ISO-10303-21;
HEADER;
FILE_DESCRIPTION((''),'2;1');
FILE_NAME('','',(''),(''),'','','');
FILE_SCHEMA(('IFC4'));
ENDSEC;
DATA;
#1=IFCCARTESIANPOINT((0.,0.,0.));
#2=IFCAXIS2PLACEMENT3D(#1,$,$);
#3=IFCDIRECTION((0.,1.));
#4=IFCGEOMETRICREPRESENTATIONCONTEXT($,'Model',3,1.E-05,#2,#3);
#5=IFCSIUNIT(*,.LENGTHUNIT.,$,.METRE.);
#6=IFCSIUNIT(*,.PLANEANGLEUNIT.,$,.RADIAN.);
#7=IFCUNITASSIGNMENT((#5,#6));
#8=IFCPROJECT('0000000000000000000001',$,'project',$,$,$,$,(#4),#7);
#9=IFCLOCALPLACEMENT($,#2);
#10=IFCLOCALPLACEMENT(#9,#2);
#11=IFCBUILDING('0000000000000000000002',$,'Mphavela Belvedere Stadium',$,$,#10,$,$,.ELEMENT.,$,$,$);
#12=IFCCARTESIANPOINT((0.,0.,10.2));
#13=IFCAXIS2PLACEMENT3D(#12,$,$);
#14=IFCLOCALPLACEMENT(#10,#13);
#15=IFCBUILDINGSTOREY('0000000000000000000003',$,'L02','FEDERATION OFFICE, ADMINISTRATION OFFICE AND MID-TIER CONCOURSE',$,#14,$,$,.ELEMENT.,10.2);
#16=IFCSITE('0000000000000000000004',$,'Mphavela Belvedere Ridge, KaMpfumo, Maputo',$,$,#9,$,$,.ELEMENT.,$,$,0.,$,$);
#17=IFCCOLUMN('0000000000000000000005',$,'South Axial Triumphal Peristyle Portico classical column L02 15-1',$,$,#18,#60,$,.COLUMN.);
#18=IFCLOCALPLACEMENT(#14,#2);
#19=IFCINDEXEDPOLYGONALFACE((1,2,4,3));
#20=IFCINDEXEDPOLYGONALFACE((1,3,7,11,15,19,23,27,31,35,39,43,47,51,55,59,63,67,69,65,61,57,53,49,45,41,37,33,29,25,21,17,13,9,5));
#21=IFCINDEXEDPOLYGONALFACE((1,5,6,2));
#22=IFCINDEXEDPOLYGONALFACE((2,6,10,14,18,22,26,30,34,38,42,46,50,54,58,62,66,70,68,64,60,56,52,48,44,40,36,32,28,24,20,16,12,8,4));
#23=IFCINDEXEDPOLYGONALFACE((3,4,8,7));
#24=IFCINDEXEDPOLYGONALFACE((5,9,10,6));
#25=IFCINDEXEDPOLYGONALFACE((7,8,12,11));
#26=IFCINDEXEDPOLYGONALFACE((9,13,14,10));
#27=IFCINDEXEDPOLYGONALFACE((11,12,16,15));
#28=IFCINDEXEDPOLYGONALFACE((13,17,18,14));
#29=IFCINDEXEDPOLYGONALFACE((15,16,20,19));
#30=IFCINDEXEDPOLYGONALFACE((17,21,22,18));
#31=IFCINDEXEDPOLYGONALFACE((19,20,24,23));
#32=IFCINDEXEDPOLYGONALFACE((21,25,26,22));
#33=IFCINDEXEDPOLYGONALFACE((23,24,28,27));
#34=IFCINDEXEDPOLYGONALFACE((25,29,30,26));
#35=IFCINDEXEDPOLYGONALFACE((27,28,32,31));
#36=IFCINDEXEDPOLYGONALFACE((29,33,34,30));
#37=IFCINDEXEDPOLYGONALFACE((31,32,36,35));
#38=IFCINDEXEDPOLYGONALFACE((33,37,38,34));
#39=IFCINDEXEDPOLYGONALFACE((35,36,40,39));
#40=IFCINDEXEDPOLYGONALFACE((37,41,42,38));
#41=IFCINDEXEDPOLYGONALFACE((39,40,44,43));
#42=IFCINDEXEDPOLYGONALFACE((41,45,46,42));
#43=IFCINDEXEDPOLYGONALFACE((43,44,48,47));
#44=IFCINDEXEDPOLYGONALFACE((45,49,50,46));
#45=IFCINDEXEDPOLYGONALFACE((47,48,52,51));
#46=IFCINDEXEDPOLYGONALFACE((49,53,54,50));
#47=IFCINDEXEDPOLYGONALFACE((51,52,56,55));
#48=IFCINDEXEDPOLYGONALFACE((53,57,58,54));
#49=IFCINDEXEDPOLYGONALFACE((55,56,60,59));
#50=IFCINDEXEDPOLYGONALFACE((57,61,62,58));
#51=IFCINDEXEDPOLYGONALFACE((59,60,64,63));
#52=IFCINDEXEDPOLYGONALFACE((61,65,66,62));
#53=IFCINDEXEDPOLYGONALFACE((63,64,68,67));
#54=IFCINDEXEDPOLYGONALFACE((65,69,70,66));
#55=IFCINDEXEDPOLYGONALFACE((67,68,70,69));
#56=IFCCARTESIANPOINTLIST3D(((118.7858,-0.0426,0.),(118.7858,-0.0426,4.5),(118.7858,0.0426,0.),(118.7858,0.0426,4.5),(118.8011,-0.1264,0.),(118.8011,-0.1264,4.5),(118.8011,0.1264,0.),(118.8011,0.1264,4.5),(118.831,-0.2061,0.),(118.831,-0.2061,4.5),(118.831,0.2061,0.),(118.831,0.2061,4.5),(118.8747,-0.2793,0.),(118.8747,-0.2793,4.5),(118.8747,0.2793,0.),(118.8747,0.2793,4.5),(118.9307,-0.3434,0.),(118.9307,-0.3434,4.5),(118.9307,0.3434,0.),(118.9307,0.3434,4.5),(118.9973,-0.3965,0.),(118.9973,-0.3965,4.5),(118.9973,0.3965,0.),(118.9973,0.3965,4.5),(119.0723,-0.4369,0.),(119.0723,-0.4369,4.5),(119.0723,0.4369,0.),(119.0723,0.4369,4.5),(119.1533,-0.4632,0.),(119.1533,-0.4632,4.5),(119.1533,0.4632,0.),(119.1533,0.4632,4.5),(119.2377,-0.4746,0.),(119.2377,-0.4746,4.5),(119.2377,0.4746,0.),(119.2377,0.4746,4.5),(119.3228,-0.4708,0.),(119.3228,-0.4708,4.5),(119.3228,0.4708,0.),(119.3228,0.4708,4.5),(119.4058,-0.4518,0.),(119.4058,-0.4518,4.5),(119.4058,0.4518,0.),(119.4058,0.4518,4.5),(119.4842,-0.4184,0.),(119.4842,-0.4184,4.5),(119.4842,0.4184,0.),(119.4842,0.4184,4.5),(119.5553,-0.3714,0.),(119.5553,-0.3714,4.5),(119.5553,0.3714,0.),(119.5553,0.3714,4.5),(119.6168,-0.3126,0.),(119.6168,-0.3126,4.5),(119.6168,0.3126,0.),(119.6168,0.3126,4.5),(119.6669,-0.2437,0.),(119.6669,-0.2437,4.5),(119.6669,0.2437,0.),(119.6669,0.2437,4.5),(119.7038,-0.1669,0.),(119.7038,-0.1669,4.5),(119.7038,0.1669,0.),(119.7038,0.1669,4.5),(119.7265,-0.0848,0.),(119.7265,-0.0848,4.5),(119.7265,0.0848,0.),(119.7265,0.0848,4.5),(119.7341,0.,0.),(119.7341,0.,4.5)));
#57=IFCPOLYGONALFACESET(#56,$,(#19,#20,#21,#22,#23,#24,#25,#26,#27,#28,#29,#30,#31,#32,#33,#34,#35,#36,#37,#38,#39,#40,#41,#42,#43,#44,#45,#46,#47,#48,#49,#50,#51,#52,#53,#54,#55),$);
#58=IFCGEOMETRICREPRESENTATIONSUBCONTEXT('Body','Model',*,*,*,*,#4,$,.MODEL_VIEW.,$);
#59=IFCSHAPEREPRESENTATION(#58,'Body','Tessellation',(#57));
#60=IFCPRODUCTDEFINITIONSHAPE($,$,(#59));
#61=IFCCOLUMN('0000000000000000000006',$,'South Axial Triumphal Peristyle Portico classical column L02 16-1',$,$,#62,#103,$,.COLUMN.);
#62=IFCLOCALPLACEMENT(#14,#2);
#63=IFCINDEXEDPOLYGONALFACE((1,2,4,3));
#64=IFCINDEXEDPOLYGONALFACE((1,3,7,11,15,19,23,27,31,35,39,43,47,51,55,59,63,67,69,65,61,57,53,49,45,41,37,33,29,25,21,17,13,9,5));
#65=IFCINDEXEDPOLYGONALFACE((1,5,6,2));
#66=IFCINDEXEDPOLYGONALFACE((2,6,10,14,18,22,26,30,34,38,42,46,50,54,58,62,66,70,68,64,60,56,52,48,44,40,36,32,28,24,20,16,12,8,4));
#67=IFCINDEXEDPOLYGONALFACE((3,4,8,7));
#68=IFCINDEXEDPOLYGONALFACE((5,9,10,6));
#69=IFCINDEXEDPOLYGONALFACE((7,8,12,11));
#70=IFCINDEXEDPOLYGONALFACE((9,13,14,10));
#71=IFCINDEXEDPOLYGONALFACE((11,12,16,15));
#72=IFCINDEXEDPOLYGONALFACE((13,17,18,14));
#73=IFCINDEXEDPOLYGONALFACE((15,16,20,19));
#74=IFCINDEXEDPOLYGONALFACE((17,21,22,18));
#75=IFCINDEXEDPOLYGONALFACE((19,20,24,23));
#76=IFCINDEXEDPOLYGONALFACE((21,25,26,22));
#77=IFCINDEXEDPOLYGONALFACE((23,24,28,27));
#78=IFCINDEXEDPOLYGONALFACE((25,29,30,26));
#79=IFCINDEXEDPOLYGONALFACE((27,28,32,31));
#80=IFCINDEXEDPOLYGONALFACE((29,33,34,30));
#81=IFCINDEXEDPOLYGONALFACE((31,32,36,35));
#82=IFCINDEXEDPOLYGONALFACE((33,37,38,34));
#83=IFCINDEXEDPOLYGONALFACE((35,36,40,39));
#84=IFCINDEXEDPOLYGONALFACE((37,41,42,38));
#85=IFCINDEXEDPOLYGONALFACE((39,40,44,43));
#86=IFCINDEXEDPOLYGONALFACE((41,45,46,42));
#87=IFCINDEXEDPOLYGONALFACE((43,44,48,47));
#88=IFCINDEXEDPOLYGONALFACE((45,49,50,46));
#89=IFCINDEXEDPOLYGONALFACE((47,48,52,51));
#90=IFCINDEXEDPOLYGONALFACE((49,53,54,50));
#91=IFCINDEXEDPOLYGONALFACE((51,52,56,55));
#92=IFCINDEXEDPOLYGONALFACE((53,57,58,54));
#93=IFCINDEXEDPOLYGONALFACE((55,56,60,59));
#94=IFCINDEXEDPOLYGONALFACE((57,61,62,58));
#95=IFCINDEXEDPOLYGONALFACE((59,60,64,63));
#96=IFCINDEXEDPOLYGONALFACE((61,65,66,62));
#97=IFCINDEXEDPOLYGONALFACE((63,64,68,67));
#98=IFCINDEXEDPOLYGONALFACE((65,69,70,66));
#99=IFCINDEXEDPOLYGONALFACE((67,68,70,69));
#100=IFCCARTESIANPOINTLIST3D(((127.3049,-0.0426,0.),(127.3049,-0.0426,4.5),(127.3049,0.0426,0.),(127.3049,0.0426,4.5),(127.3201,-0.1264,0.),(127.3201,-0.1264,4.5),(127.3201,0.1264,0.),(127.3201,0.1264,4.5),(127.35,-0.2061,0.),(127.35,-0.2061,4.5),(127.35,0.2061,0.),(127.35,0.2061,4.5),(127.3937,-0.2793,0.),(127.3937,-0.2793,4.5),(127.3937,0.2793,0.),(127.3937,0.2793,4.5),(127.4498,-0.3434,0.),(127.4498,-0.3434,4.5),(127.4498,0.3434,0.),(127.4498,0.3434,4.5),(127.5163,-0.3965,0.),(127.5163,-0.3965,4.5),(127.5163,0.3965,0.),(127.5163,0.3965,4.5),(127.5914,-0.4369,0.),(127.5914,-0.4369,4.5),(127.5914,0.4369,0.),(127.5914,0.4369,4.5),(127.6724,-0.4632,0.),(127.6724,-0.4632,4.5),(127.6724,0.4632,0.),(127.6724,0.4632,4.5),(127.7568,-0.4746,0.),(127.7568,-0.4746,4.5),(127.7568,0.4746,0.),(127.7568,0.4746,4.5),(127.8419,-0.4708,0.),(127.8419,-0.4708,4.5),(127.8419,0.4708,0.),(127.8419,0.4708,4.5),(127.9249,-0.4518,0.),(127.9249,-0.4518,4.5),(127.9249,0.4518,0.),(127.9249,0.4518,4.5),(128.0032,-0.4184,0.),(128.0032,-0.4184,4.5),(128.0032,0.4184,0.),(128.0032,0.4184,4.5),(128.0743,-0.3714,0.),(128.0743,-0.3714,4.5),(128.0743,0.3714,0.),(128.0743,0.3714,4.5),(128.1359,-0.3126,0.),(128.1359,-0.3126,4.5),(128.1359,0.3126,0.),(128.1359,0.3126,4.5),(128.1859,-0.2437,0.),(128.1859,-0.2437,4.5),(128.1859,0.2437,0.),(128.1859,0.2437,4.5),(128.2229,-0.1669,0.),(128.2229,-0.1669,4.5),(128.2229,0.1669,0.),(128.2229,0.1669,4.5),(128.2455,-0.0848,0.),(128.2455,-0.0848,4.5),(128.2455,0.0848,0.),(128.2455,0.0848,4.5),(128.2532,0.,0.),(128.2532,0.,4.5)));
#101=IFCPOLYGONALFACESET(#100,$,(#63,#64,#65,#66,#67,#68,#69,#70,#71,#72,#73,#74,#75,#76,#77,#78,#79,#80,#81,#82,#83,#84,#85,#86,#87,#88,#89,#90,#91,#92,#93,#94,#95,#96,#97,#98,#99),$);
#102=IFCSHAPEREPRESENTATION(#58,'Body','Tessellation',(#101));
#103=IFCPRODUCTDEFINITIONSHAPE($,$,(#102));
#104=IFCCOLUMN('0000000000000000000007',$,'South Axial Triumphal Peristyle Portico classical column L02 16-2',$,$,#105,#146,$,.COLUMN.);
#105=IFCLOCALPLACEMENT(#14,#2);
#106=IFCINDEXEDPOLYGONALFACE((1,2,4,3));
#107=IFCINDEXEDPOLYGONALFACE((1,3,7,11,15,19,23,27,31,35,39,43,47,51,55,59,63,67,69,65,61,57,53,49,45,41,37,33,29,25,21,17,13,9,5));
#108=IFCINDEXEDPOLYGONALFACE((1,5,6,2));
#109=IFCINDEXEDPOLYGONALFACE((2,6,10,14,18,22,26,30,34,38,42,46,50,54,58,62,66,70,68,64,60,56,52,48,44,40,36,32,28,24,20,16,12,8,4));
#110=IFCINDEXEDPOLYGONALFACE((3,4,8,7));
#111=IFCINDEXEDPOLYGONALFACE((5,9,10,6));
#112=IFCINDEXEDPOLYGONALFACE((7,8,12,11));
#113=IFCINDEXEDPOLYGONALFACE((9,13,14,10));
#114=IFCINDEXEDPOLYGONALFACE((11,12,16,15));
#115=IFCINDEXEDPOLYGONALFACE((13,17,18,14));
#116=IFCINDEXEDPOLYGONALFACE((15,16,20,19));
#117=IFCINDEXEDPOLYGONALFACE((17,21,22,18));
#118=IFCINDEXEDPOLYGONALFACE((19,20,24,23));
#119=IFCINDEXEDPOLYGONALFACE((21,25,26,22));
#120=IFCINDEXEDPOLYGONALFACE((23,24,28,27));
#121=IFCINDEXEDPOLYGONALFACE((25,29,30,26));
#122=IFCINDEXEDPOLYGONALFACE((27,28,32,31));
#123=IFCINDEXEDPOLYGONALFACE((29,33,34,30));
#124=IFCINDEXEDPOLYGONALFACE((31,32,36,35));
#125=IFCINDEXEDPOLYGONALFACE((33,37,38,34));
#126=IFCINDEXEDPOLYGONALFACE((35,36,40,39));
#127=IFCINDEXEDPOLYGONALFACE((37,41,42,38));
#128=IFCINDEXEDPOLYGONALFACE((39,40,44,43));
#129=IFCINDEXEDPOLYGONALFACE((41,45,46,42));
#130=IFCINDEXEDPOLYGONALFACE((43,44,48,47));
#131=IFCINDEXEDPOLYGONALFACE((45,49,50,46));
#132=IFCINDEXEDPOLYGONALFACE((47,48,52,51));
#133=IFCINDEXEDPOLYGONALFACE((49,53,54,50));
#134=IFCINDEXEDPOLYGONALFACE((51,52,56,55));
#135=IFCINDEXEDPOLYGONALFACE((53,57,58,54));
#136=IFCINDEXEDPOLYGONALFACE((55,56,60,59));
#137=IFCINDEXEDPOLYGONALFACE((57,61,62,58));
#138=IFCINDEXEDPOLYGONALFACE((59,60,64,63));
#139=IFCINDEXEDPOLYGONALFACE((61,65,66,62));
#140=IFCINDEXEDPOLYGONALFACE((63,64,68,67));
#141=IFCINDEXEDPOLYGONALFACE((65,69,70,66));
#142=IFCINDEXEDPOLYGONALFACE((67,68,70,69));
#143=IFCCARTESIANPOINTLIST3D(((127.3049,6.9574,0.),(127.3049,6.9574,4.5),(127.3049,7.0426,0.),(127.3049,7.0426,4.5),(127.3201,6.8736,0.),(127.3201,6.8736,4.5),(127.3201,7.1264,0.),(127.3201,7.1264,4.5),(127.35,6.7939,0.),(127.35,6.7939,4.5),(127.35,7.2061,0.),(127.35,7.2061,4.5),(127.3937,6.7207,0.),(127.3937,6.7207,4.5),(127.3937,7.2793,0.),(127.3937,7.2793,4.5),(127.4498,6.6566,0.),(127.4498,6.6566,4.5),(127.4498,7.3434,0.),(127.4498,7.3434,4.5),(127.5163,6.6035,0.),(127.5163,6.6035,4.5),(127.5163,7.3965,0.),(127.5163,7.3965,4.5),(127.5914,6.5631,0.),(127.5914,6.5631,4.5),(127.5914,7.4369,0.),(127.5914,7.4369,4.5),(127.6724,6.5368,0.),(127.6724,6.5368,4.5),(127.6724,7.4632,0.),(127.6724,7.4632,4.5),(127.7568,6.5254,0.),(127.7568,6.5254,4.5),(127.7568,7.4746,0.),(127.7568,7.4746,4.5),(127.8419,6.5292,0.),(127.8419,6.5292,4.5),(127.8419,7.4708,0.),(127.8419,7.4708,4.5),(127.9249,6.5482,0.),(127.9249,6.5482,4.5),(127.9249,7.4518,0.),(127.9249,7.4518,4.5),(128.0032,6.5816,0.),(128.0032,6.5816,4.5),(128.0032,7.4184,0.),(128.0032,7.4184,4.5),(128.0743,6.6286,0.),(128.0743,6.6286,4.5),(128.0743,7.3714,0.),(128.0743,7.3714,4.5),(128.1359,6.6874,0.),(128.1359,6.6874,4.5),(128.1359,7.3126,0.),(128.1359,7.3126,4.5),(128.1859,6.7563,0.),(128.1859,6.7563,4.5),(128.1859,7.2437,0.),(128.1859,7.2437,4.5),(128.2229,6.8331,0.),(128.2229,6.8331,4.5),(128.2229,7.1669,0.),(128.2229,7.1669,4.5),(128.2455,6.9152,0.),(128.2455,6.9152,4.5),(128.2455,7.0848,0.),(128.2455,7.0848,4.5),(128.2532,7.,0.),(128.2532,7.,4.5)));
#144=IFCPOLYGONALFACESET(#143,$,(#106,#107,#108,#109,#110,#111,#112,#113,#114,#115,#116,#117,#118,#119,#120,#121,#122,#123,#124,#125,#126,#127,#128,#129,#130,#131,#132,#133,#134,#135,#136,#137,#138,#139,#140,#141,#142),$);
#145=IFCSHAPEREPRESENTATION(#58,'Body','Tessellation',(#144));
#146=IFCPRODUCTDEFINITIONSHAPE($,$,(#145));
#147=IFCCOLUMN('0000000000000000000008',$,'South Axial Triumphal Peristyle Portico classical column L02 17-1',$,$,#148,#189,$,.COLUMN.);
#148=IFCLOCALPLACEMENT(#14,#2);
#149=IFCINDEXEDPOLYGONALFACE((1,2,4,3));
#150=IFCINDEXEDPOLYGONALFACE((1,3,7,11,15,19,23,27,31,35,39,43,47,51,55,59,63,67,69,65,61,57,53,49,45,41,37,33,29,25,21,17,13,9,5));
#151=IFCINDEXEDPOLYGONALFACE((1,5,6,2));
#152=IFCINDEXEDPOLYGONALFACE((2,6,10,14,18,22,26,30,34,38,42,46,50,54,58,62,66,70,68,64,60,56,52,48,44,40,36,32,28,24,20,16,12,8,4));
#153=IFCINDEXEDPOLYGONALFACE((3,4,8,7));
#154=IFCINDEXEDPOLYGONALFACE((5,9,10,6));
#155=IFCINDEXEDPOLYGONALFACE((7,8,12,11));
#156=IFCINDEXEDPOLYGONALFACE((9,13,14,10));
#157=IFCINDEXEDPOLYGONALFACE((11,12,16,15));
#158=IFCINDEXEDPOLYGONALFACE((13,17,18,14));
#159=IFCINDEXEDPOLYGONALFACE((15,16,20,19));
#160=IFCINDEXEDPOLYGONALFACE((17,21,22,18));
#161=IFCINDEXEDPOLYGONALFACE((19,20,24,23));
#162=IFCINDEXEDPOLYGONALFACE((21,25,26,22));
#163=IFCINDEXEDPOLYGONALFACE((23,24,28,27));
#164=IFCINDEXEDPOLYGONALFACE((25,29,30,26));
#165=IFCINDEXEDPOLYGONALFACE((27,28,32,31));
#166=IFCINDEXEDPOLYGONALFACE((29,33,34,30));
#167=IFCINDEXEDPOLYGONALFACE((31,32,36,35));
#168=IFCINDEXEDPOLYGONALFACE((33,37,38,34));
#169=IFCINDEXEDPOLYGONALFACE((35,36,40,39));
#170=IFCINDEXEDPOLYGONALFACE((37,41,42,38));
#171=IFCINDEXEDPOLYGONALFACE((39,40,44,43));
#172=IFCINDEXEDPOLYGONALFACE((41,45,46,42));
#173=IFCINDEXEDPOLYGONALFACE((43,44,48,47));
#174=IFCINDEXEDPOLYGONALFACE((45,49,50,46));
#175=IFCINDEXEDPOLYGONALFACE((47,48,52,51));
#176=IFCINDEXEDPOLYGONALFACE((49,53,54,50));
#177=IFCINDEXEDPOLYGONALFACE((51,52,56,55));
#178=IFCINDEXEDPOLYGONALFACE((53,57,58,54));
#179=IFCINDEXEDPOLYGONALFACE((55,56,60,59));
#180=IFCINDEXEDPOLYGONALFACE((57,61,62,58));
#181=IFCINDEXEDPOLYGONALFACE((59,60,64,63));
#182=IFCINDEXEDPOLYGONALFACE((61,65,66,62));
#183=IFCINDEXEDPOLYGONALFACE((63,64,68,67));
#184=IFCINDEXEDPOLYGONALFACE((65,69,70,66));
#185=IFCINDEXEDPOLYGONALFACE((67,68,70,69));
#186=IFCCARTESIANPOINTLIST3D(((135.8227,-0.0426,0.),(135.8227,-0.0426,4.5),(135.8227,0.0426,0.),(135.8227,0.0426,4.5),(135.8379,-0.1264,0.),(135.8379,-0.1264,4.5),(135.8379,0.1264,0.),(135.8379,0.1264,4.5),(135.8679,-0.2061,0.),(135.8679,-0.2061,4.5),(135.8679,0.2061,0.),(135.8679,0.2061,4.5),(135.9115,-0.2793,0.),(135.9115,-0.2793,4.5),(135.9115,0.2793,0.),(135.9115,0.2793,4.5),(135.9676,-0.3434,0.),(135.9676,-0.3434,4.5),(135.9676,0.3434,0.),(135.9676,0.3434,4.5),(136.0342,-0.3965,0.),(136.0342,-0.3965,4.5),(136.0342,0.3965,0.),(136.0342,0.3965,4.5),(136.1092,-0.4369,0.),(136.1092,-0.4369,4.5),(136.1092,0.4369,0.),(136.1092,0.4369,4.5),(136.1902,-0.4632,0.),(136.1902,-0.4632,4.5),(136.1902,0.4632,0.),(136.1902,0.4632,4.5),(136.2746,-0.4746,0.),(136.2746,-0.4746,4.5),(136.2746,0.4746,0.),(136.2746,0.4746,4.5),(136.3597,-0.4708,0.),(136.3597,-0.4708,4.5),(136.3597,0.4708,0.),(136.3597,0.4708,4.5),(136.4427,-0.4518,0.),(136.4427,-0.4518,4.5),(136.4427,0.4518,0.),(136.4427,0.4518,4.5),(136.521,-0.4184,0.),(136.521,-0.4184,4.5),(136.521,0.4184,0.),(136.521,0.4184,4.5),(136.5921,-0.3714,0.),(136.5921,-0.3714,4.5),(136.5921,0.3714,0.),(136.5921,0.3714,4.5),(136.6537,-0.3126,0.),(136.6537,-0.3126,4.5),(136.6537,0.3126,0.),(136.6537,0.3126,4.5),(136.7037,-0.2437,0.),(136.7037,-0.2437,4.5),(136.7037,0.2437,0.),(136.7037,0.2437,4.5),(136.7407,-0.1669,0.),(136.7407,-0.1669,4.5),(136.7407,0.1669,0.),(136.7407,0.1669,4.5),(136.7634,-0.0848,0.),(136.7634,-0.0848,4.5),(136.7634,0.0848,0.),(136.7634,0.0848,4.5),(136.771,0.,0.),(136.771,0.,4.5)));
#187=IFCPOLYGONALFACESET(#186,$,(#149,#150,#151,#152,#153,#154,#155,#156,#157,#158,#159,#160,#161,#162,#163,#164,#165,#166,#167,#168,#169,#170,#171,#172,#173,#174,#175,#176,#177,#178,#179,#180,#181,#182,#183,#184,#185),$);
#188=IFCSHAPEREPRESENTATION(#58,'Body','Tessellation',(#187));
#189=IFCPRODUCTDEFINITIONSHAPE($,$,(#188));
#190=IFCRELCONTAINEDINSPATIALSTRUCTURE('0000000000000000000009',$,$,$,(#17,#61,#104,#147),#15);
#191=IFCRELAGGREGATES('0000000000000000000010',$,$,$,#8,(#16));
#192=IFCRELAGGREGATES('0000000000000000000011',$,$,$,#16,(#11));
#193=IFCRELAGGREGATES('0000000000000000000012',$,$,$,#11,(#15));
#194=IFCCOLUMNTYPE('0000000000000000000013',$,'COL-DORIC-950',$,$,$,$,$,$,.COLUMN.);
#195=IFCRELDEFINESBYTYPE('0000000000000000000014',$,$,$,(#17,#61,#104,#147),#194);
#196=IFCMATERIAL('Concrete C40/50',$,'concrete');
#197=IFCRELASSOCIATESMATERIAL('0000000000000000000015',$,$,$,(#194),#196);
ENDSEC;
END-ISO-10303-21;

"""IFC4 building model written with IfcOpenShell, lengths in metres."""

from ifc_helpers import new_model, si_unit, direction, frame, origin, origin_2d, place, context, subcontext, project, spatial, circle, extrude, material, material_profile, profile_set, type_object, element, save


model = new_model("IFC4")

# Units and contexts
model_context = context("Model", 3, precision=1e-05, world=origin(), true_north=direction((0.0, 1.0)))
body_context = subcontext(model_context, "Body", "Model", "MODEL_VIEW")
ifc_project = project(units=[si_unit("LENGTHUNIT", "METRE"), si_unit("PLANEANGLEUNIT", "RADIAN")], contexts=[model_context])

# Site, building, storey
site_placement = place(None, origin())
site = spatial("IfcSite", under=ifc_project, at=site_placement, Name="Mphavela Belvedere Ridge, KaMpfumo, Maputo", CompositionType="ELEMENT", RefElevation=0.0)
building_placement = place(site_placement, origin())
building = spatial("IfcBuilding", under=site, at=building_placement, Name="Mphavela Belvedere Stadium", CompositionType="ELEMENT")
storey_placement = place(building_placement, frame((0.0, 0.0, 10.2)))
storey = spatial("IfcBuildingStorey", under=building, at=storey_placement, Name="L02", Description="FEDERATION OFFICE, ADMINISTRATION OFFICE AND MID-TIER CONCOURSE", CompositionType="ELEMENT", Elevation=10.2)

# Columns
ifc_material_1 = material(Name="Concrete C40/50", Category="concrete")
ifc_material_profile_1 = material_profile(ifc_material_1, circle(Radius=0.4751, at=origin_2d()), Name="COL D950")
ifc_profile_set_1 = profile_set([ifc_material_profile_1], Name="Concrete C40/50")
column_type_1 = type_object("IfcColumnType", Name="COL-DORIC-950", PredefinedType="COLUMN", material=ifc_profile_set_1)
for number, where, z_axis, x_axis, name in (
    (1, (119.259, 0.0, 0.0), (0.0, 0.0, 1.0), (1.0, 0.0, 0.0), "South Axial Triumphal Peristyle Portico classical column L02 15-1"),
    (2, (127.7781, 0.0, 0.0), (0.0, 0.0, 1.0), (1.0, 0.0, 0.0), "South Axial Triumphal Peristyle Portico classical column L02 16-1"),
    (3, (127.7781, 7.0, 0.0), (0.0, 0.0, 1.0), (1.0, 0.0, 0.0), "South Axial Triumphal Peristyle Portico classical column L02 16-2"),
    (4, (136.2959, 0.0, 0.0), (0.0, 0.0, 1.0), (1.0, 0.0, 0.0), "South Axial Triumphal Peristyle Portico classical column L02 17-1"),
):
    element("IfcColumn", number, at=place(storey_placement, frame(where, z_axis=z_axis, x_axis=x_axis)), inside=storey, type_object=column_type_1, Name=name, PredefinedType="COLUMN", context=body_context, shape_type="SweptSolid", body=[
        extrude(circle(Radius=0.4751, at=origin_2d()), origin(), (0.0, 0.0, 1.0), 4.5),
    ])

save(model, "model.ifc")
